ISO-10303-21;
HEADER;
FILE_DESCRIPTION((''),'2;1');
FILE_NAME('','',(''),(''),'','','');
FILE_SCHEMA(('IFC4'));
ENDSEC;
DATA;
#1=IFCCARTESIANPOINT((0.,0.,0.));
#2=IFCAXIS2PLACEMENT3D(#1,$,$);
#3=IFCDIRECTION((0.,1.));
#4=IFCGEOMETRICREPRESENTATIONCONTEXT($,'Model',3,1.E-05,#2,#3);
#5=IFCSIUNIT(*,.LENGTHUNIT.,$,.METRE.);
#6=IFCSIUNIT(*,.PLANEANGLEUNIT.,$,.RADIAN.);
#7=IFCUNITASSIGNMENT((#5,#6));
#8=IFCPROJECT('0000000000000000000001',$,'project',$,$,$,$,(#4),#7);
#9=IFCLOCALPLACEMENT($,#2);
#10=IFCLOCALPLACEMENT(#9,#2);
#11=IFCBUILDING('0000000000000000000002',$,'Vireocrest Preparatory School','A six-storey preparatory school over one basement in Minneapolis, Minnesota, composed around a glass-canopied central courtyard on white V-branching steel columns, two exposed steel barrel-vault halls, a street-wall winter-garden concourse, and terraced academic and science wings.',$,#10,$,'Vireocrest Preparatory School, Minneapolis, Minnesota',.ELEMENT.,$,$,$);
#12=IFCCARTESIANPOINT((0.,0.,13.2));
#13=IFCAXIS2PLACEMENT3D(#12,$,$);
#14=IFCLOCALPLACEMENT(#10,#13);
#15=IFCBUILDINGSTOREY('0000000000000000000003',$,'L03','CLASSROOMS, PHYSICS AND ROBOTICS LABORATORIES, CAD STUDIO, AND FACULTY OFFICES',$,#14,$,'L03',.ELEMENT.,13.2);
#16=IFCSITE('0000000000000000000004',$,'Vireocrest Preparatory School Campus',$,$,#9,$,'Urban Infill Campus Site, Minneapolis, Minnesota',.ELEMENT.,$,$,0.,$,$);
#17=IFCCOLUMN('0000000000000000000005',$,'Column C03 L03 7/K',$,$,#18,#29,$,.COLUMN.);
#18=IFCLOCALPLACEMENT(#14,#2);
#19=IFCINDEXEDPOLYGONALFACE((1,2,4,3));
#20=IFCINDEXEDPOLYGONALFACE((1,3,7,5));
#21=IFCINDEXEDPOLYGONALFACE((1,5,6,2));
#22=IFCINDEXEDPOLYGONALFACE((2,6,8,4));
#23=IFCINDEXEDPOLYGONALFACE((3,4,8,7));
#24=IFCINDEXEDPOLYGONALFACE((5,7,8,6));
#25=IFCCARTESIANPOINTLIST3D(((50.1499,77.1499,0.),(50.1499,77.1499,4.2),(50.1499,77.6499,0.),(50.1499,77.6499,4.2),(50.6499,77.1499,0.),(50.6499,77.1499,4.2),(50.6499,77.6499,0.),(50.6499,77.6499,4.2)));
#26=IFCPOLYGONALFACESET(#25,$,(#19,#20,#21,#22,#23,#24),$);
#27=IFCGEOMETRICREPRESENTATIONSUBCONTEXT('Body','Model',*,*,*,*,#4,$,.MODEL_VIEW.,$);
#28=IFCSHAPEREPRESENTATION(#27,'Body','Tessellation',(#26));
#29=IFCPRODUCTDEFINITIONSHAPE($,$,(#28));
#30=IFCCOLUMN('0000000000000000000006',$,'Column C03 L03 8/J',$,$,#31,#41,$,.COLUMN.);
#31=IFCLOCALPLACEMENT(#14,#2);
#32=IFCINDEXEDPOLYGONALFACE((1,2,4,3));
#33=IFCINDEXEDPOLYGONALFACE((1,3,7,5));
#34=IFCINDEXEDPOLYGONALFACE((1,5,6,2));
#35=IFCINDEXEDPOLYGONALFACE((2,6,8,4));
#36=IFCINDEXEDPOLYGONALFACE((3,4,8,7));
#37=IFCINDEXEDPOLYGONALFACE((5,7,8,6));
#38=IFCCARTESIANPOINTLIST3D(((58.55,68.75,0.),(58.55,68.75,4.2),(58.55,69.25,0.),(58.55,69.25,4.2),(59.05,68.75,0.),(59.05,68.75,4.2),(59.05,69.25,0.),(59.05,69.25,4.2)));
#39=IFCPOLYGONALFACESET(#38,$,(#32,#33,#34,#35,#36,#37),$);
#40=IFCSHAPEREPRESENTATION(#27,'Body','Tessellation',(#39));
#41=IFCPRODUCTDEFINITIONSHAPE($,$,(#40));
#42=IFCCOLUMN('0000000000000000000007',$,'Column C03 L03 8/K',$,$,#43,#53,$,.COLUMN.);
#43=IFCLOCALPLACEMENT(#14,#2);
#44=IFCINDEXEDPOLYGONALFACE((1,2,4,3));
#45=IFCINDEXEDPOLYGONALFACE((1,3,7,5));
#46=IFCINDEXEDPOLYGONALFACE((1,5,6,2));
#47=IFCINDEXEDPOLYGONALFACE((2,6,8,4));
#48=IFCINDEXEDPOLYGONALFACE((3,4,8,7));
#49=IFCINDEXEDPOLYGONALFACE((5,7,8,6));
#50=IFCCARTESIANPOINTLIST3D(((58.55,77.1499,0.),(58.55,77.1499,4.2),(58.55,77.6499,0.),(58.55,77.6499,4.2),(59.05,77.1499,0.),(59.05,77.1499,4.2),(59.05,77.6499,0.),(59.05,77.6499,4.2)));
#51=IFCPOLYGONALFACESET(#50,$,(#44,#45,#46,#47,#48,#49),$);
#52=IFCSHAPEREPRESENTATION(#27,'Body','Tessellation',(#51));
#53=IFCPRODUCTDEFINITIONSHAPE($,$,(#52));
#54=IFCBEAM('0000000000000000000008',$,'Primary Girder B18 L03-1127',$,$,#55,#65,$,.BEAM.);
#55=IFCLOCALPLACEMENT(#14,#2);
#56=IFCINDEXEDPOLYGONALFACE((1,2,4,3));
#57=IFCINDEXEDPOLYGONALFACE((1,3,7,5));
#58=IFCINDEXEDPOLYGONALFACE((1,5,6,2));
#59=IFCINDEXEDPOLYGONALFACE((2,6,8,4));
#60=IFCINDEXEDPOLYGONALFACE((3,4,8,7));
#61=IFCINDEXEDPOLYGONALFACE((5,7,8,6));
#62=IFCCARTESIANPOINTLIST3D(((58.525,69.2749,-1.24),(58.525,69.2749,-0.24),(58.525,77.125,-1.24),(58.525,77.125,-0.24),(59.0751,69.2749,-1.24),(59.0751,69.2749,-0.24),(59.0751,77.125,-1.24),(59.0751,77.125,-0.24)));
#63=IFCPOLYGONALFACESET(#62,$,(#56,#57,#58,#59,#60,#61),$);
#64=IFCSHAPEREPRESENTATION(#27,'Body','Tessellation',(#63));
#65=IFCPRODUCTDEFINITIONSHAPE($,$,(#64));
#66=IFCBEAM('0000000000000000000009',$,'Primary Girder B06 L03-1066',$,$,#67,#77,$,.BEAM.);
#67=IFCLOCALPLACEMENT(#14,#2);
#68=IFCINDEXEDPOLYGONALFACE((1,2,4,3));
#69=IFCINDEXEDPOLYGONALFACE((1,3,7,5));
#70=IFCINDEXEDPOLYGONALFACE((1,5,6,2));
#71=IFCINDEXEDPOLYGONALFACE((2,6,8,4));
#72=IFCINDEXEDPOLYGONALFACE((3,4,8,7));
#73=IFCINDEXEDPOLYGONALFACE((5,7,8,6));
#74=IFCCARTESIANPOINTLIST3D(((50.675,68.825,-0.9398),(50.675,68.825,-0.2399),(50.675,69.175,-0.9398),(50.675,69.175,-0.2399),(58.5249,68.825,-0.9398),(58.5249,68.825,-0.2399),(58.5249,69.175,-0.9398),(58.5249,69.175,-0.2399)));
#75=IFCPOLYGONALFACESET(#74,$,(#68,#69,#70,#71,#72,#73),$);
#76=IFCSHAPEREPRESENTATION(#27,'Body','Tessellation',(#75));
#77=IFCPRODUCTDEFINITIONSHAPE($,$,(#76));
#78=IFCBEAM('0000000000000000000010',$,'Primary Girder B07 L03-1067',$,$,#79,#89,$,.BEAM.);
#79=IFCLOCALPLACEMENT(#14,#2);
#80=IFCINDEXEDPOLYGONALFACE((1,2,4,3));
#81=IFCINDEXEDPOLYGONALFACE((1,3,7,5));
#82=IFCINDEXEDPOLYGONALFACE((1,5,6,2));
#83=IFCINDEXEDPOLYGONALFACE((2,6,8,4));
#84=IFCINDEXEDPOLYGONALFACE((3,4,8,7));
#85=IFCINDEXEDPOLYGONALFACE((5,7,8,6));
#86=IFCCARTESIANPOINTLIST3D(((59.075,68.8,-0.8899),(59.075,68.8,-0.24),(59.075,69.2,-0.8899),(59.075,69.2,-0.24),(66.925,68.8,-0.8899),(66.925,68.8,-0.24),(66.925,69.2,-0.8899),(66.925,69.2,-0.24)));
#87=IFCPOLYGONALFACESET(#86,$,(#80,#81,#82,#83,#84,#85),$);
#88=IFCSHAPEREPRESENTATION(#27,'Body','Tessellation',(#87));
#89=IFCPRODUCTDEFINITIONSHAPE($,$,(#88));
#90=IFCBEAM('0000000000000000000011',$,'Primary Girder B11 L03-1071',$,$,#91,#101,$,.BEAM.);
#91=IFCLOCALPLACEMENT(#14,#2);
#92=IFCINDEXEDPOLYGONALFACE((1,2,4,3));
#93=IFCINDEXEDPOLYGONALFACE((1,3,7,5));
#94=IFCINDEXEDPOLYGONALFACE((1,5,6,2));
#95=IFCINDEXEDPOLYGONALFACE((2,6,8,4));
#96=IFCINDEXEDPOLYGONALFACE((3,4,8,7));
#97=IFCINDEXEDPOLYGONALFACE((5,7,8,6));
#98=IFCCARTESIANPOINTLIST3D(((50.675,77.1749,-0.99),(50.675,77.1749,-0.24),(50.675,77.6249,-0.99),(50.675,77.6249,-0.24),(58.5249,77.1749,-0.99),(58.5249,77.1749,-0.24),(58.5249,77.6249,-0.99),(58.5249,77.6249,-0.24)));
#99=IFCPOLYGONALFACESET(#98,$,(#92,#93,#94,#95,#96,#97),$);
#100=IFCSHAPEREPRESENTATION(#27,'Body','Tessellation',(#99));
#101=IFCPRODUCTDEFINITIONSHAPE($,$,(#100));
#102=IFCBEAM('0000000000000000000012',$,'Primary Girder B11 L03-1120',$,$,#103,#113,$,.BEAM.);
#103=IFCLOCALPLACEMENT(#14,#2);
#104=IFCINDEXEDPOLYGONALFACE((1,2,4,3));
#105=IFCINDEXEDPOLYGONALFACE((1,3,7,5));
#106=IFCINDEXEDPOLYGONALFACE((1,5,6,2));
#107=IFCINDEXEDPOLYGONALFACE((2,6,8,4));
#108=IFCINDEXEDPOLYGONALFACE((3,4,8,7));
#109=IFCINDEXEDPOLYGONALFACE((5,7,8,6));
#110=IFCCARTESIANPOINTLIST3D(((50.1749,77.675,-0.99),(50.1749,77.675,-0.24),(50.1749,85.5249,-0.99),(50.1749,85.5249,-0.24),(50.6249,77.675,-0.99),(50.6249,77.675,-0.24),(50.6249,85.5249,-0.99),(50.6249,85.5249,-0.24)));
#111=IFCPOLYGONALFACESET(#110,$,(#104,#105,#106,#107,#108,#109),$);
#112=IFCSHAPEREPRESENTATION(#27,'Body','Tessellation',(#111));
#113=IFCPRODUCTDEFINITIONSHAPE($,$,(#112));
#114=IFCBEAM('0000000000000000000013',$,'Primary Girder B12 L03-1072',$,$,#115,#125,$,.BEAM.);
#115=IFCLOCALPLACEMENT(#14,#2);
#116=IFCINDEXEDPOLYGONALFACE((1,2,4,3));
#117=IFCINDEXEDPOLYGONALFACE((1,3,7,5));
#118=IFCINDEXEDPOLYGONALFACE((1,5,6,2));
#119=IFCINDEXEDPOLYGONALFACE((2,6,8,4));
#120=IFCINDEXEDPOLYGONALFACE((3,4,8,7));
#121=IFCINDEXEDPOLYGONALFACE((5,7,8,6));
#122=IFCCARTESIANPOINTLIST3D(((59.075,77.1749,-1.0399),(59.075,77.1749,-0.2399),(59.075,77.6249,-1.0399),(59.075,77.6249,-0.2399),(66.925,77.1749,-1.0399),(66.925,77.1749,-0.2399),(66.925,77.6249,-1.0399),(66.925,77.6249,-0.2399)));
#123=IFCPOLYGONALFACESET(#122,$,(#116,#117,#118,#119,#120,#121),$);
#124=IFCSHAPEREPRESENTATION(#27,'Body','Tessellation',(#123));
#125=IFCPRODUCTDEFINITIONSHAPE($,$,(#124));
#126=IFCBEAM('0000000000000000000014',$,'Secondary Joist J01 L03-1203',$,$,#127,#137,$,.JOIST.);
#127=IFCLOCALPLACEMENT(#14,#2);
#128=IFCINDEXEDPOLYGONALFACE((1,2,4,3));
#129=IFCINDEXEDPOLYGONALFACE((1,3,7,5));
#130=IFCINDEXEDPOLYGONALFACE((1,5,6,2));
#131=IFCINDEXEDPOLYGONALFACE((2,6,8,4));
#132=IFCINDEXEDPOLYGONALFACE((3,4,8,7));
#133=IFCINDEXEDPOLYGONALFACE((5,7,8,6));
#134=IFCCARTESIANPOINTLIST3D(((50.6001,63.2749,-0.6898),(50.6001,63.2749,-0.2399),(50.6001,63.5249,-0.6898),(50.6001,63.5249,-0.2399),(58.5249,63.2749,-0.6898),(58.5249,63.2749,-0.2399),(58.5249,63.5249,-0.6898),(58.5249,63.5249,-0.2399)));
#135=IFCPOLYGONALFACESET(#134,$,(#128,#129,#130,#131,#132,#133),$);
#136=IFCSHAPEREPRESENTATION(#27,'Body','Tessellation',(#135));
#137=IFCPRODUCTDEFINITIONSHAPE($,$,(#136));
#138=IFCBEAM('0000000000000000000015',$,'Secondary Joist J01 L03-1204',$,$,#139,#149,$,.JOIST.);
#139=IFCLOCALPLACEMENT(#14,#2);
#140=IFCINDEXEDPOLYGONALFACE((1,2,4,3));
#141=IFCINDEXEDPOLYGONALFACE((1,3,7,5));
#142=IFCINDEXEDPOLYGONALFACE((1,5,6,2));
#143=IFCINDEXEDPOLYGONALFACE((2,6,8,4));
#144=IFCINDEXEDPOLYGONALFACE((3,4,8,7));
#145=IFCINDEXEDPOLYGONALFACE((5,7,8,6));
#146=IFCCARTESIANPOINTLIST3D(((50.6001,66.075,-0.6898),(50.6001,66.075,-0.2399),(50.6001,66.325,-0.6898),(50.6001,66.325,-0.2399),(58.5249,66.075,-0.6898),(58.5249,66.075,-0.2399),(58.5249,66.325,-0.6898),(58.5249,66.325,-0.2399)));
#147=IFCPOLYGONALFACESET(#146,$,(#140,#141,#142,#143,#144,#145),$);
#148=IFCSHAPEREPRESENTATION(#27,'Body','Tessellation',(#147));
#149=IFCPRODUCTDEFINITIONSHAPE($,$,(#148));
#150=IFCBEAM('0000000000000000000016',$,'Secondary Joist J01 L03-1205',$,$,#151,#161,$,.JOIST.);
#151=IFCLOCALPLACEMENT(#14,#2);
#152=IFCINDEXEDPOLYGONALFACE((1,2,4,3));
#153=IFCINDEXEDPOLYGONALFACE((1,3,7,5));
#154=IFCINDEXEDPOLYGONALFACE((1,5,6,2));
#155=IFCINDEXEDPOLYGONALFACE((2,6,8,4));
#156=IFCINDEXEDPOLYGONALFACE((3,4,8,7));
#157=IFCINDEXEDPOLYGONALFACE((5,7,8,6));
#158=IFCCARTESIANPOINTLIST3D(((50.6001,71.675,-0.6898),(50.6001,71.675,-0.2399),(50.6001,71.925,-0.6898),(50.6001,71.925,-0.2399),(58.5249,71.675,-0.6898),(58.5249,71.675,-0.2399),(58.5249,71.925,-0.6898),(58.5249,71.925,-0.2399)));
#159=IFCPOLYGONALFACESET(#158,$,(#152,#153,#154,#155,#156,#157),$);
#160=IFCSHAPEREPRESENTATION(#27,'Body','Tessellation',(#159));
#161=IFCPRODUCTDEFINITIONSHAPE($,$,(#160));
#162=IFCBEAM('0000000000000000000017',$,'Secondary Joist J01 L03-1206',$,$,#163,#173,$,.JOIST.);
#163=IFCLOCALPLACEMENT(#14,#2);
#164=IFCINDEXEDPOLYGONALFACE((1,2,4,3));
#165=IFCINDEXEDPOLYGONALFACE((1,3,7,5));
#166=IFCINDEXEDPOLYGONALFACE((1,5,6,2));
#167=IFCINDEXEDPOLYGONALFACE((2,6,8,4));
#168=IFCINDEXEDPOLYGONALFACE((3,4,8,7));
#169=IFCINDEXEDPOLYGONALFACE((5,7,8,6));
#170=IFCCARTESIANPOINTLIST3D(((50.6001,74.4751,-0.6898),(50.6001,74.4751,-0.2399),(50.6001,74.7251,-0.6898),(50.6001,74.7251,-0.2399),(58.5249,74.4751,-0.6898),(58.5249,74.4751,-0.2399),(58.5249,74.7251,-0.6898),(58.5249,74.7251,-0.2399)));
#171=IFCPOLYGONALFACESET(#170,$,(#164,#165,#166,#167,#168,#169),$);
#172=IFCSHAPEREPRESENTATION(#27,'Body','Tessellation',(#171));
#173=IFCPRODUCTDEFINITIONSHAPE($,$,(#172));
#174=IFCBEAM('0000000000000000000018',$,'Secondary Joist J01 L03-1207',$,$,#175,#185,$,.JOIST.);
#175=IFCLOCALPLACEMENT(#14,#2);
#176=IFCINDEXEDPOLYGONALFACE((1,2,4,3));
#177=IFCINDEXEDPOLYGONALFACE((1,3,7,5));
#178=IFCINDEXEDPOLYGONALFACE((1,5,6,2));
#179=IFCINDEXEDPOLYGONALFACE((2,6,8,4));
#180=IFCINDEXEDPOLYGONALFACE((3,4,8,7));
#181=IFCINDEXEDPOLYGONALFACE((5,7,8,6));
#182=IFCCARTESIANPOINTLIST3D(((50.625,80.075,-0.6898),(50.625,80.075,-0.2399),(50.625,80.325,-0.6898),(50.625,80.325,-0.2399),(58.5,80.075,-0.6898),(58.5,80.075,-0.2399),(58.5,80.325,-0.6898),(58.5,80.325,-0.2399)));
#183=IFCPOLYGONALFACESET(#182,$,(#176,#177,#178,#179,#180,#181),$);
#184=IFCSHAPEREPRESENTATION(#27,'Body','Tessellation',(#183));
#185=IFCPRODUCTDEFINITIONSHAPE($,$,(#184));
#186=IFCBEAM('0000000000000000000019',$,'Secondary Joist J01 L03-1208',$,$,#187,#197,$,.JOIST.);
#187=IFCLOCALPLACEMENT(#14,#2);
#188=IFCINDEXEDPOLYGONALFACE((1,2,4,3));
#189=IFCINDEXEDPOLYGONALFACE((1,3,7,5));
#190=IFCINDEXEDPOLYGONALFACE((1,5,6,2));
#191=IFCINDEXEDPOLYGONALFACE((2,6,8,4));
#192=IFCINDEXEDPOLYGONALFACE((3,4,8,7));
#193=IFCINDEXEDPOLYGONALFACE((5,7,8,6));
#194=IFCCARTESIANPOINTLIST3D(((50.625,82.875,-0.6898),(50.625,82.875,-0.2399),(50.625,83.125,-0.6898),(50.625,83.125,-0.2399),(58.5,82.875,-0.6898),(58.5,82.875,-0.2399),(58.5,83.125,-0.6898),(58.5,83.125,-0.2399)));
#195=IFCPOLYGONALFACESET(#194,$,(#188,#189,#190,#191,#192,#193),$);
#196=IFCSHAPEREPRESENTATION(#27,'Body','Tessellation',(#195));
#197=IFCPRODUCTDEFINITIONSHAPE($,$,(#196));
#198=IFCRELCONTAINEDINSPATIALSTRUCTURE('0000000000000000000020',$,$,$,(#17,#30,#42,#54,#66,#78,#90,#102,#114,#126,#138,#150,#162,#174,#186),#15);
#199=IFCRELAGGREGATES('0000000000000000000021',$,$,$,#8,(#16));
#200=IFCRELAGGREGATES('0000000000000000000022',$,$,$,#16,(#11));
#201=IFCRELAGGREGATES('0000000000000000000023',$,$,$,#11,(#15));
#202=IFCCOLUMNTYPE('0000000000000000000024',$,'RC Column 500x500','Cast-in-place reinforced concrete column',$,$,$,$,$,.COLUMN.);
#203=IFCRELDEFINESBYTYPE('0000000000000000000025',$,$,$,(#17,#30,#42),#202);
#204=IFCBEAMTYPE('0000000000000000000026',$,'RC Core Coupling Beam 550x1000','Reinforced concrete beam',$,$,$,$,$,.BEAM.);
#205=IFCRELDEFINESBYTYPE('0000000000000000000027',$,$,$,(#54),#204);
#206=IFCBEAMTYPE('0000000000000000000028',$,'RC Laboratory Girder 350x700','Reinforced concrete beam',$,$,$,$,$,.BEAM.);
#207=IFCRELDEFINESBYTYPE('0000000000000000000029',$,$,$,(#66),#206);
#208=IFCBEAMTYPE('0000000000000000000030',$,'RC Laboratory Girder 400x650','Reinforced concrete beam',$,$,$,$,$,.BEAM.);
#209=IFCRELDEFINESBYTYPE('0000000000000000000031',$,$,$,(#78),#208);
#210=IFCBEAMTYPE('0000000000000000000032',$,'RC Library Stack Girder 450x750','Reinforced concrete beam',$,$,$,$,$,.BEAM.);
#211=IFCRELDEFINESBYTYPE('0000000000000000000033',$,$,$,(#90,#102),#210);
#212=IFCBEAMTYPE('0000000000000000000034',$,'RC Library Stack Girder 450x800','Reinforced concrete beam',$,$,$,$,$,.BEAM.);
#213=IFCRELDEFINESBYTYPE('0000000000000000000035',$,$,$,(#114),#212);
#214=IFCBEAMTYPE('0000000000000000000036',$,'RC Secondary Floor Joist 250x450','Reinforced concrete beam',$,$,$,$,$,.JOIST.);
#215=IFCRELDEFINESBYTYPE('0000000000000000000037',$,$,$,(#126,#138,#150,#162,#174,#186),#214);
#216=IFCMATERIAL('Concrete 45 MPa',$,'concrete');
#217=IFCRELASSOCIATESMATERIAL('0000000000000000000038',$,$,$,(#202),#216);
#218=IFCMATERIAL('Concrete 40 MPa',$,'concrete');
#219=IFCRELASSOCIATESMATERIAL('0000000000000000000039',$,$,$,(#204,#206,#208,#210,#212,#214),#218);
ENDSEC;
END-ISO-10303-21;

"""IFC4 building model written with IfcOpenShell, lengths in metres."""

from ifc_helpers import new_model, si_unit, direction, frame, origin, origin_2d, place, context, subcontext, project, spatial, rectangle, extrude, material, material_profile, profile_set, type_object, element, save


model = new_model("IFC4")

# Units and contexts
model_context = context("Model", 3, precision=1e-05, world=origin(), true_north=direction((0.0, 1.0)))
body_context = subcontext(model_context, "Body", "Model", "MODEL_VIEW")
ifc_project = project(units=[si_unit("LENGTHUNIT", "METRE"), si_unit("PLANEANGLEUNIT", "RADIAN")], contexts=[model_context])

# Site, building, storey
site_placement = place(None, origin())
site = spatial("IfcSite", under=ifc_project, at=site_placement, Name="Vireocrest Preparatory School Campus", LongName="Urban Infill Campus Site, Minneapolis, Minnesota", CompositionType="ELEMENT", RefElevation=0.0)
building_placement = place(site_placement, origin())
building = spatial("IfcBuilding", under=site, at=building_placement, Name="Vireocrest Preparatory School", Description="A six-storey preparatory school over one basement in Minneapolis, Minnesota, composed around a glass-canopied central courtyard on white V-branching steel columns, two exposed steel barrel-vault halls, a street-wall winter-garden concourse, and terraced academic and science wings.", LongName="Vireocrest Preparatory School, Minneapolis, Minnesota", CompositionType="ELEMENT")
storey_placement = place(building_placement, frame((0.0, 0.0, 13.2)))
storey = spatial("IfcBuildingStorey", under=building, at=storey_placement, Name="L03", Description="CLASSROOMS, PHYSICS AND ROBOTICS LABORATORIES, CAD STUDIO, AND FACULTY OFFICES", LongName="L03", CompositionType="ELEMENT", Elevation=13.2)

# Columns
ifc_material_1 = material(Name="Concrete 45 MPa", Category="concrete")
ifc_material_profile_1 = material_profile(ifc_material_1, rectangle(XDim=0.5, YDim=0.5, at=origin_2d()), Name="RC 500x500")
ifc_profile_set_1 = profile_set([ifc_material_profile_1], Name="Concrete 45 MPa")
column_type = type_object("IfcColumnType", Name="RC Column 500x500", Description="Cast-in-place reinforced concrete column", PredefinedType="COLUMN", material=ifc_profile_set_1)
for number, where, z_axis, x_axis, name in (
    (1, (50.3999, 77.3999, 0.0), (0.0, 0.0, 1.0), (1.0, 0.0, 0.0), "Column C03 L03 7/K"),
    (2, (58.8, 69.0, 0.0), (0.0, 0.0, 1.0), (1.0, 0.0, 0.0), "Column C03 L03 8/J"),
    (3, (58.8, 77.3999, 0.0), (0.0, 0.0, 1.0), (1.0, 0.0, 0.0), "Column C03 L03 8/K"),
):
    element("IfcColumn", number, at=place(storey_placement, frame(where, z_axis=z_axis, x_axis=x_axis)), inside=storey, type_object=column_type, Name=name, PredefinedType="COLUMN", context=body_context, shape_type="SweptSolid", body=[
        extrude(rectangle(XDim=0.5, YDim=0.5, at=origin_2d()), origin(), (0.0, 0.0, 1.0), 4.2),
    ])

# Beams
ifc_material_2 = material(Name="Concrete 40 MPa", Category="concrete")
ifc_material_profile_2 = material_profile(ifc_material_2, rectangle(XDim=0.55, YDim=1.0, at=origin_2d()), Name="RC 550x1000")
ifc_profile_set_2 = profile_set([ifc_material_profile_2], Name="Concrete 40 MPa")
beam_type_1 = type_object("IfcBeamType", Name="RC Core Coupling Beam 550x1000", Description="Reinforced concrete beam", PredefinedType="BEAM", material=ifc_profile_set_2)
beam_1_placement = place(storey_placement, frame((58.8, 69.2749, -0.74), z_axis=(0.0, 1.0, 0.0), x_axis=(-1.0, 0.0, 0.0)))
element("IfcBeam", 4, at=beam_1_placement, inside=storey, type_object=beam_type_1, Name="Primary Girder B18 L03-1127", PredefinedType="BEAM", context=body_context, shape_type="SweptSolid", body=[
    extrude(rectangle(XDim=0.55, YDim=1.0, at=origin_2d()), origin(), (0.0, 0.0, 1.0), 7.8501),
])
ifc_material_profile_3 = material_profile(ifc_material_2, rectangle(XDim=0.3501, YDim=0.7, at=origin_2d()), Name="RC 350x700")
ifc_profile_set_3 = profile_set([ifc_material_profile_3], Name="Concrete 40 MPa")
beam_type_2 = type_object("IfcBeamType", Name="RC Laboratory Girder 350x700", Description="Reinforced concrete beam", PredefinedType="BEAM", material=ifc_profile_set_3)
beam_2_placement = place(storey_placement, frame((50.675, 69.0, -0.5898), z_axis=(1.0, 0.0, 0.0), x_axis=(0.0, 1.0, 0.0)))
element("IfcBeam", 5, at=beam_2_placement, inside=storey, type_object=beam_type_2, Name="Primary Girder B06 L03-1066", PredefinedType="BEAM", context=body_context, shape_type="SweptSolid", body=[
    extrude(rectangle(XDim=0.3501, YDim=0.7, at=origin_2d()), origin(), (0.0, 0.0, 1.0), 7.8499),
])
ifc_material_profile_4 = material_profile(ifc_material_2, rectangle(XDim=0.3999, YDim=0.6499, at=origin_2d()), Name="RC 400x650")
ifc_profile_set_4 = profile_set([ifc_material_profile_4], Name="Concrete 40 MPa")
beam_type_3 = type_object("IfcBeamType", Name="RC Laboratory Girder 400x650", Description="Reinforced concrete beam", PredefinedType="BEAM", material=ifc_profile_set_4)
beam_3_placement = place(storey_placement, frame((59.075, 69.0, -0.5649), z_axis=(1.0, 0.0, 0.0), x_axis=(0.0, 1.0, 0.0)))
element("IfcBeam", 6, at=beam_3_placement, inside=storey, type_object=beam_type_3, Name="Primary Girder B07 L03-1067", PredefinedType="BEAM", context=body_context, shape_type="SweptSolid", body=[
    extrude(rectangle(XDim=0.3999, YDim=0.6499, at=origin_2d()), origin(), (0.0, 0.0, 1.0), 7.8501),
])
ifc_material_profile_5 = material_profile(ifc_material_2, rectangle(XDim=0.45, YDim=0.75, at=origin_2d()), Name="RC 450x750")
ifc_profile_set_5 = profile_set([ifc_material_profile_5], Name="Concrete 40 MPa")
beam_type_4 = type_object("IfcBeamType", Name="RC Library Stack Girder 450x750", Description="Reinforced concrete beam", PredefinedType="BEAM", material=ifc_profile_set_5)
for number, where, z_axis, x_axis, name in (
    (7, (50.675, 77.3999, -0.615), (1.0, 0.0, 0.0), (0.0, 1.0, 0.0), "Primary Girder B11 L03-1071"),
    (8, (50.3999, 77.675, -0.615), (0.0, 1.0, 0.0), (-1.0, 0.0, 0.0), "Primary Girder B11 L03-1120"),
):
    element("IfcBeam", number, at=place(storey_placement, frame(where, z_axis=z_axis, x_axis=x_axis)), inside=storey, type_object=beam_type_4, Name=name, PredefinedType="BEAM", context=body_context, shape_type="SweptSolid", body=[
        extrude(rectangle(XDim=0.45, YDim=0.75, at=origin_2d()), origin(), (0.0, 0.0, 1.0), 7.8499),
    ])
ifc_material_profile_6 = material_profile(ifc_material_2, rectangle(XDim=0.45, YDim=0.8, at=origin_2d()), Name="RC 450x800")
ifc_profile_set_6 = profile_set([ifc_material_profile_6], Name="Concrete 40 MPa")
beam_type_5 = type_object("IfcBeamType", Name="RC Library Stack Girder 450x800", Description="Reinforced concrete beam", PredefinedType="BEAM", material=ifc_profile_set_6)
beam_4_placement = place(storey_placement, frame((59.075, 77.3999, -0.6399), z_axis=(1.0, 0.0, 0.0), x_axis=(0.0, 1.0, 0.0)))
element("IfcBeam", 9, at=beam_4_placement, inside=storey, type_object=beam_type_5, Name="Primary Girder B12 L03-1072", PredefinedType="BEAM", context=body_context, shape_type="SweptSolid", body=[
    extrude(rectangle(XDim=0.45, YDim=0.8, at=origin_2d()), origin(), (0.0, 0.0, 1.0), 7.8501),
])
ifc_material_profile_7 = material_profile(ifc_material_2, rectangle(XDim=0.25, YDim=0.45, at=origin_2d()), Name="RC 250x450")
ifc_profile_set_7 = profile_set([ifc_material_profile_7], Name="Concrete 40 MPa")
beam_type_6 = type_object("IfcBeamType", Name="RC Secondary Floor Joist 250x450", Description="Reinforced concrete beam", PredefinedType="JOIST", material=ifc_profile_set_7)
for number, where, z_axis, x_axis, name in (
    (10, (50.6001, 63.3999, -0.4648), (1.0, 0.0, 0.0), (0.0, 1.0, 0.0), "Secondary Joist J01 L03-1203"),
    (11, (50.6001, 66.2, -0.4648), (1.0, 0.0, 0.0), (0.0, 1.0, 0.0), "Secondary Joist J01 L03-1204"),
    (12, (50.6001, 71.8, -0.4648), (1.0, 0.0, 0.0), (0.0, 1.0, 0.0), "Secondary Joist J01 L03-1205"),
    (13, (50.6001, 74.6001, -0.4648), (1.0, 0.0, 0.0), (0.0, 1.0, 0.0), "Secondary Joist J01 L03-1206"),
):
    element("IfcBeam", number, at=place(storey_placement, frame(where, z_axis=z_axis, x_axis=x_axis)), inside=storey, type_object=beam_type_6, Name=name, PredefinedType="JOIST", context=body_context, shape_type="SweptSolid", body=[
        extrude(rectangle(XDim=0.25, YDim=0.45, at=origin_2d()), origin(), (0.0, 0.0, 1.0), 7.9248),
    ])
for number, where, z_axis, x_axis, name in (
    (14, (50.625, 80.2, -0.4648), (1.0, 0.0, 0.0), (0.0, 1.0, 0.0), "Secondary Joist J01 L03-1207"),
    (15, (50.625, 83.0, -0.4648), (1.0, 0.0, 0.0), (0.0, 1.0, 0.0), "Secondary Joist J01 L03-1208"),
):
    element("IfcBeam", number, at=place(storey_placement, frame(where, z_axis=z_axis, x_axis=x_axis)), inside=storey, type_object=beam_type_6, Name=name, PredefinedType="JOIST", context=body_context, shape_type="SweptSolid", body=[
        extrude(rectangle(XDim=0.25, YDim=0.45, at=origin_2d()), origin(), (0.0, 0.0, 1.0), 7.875),
    ])

save(model, "model.ifc")
